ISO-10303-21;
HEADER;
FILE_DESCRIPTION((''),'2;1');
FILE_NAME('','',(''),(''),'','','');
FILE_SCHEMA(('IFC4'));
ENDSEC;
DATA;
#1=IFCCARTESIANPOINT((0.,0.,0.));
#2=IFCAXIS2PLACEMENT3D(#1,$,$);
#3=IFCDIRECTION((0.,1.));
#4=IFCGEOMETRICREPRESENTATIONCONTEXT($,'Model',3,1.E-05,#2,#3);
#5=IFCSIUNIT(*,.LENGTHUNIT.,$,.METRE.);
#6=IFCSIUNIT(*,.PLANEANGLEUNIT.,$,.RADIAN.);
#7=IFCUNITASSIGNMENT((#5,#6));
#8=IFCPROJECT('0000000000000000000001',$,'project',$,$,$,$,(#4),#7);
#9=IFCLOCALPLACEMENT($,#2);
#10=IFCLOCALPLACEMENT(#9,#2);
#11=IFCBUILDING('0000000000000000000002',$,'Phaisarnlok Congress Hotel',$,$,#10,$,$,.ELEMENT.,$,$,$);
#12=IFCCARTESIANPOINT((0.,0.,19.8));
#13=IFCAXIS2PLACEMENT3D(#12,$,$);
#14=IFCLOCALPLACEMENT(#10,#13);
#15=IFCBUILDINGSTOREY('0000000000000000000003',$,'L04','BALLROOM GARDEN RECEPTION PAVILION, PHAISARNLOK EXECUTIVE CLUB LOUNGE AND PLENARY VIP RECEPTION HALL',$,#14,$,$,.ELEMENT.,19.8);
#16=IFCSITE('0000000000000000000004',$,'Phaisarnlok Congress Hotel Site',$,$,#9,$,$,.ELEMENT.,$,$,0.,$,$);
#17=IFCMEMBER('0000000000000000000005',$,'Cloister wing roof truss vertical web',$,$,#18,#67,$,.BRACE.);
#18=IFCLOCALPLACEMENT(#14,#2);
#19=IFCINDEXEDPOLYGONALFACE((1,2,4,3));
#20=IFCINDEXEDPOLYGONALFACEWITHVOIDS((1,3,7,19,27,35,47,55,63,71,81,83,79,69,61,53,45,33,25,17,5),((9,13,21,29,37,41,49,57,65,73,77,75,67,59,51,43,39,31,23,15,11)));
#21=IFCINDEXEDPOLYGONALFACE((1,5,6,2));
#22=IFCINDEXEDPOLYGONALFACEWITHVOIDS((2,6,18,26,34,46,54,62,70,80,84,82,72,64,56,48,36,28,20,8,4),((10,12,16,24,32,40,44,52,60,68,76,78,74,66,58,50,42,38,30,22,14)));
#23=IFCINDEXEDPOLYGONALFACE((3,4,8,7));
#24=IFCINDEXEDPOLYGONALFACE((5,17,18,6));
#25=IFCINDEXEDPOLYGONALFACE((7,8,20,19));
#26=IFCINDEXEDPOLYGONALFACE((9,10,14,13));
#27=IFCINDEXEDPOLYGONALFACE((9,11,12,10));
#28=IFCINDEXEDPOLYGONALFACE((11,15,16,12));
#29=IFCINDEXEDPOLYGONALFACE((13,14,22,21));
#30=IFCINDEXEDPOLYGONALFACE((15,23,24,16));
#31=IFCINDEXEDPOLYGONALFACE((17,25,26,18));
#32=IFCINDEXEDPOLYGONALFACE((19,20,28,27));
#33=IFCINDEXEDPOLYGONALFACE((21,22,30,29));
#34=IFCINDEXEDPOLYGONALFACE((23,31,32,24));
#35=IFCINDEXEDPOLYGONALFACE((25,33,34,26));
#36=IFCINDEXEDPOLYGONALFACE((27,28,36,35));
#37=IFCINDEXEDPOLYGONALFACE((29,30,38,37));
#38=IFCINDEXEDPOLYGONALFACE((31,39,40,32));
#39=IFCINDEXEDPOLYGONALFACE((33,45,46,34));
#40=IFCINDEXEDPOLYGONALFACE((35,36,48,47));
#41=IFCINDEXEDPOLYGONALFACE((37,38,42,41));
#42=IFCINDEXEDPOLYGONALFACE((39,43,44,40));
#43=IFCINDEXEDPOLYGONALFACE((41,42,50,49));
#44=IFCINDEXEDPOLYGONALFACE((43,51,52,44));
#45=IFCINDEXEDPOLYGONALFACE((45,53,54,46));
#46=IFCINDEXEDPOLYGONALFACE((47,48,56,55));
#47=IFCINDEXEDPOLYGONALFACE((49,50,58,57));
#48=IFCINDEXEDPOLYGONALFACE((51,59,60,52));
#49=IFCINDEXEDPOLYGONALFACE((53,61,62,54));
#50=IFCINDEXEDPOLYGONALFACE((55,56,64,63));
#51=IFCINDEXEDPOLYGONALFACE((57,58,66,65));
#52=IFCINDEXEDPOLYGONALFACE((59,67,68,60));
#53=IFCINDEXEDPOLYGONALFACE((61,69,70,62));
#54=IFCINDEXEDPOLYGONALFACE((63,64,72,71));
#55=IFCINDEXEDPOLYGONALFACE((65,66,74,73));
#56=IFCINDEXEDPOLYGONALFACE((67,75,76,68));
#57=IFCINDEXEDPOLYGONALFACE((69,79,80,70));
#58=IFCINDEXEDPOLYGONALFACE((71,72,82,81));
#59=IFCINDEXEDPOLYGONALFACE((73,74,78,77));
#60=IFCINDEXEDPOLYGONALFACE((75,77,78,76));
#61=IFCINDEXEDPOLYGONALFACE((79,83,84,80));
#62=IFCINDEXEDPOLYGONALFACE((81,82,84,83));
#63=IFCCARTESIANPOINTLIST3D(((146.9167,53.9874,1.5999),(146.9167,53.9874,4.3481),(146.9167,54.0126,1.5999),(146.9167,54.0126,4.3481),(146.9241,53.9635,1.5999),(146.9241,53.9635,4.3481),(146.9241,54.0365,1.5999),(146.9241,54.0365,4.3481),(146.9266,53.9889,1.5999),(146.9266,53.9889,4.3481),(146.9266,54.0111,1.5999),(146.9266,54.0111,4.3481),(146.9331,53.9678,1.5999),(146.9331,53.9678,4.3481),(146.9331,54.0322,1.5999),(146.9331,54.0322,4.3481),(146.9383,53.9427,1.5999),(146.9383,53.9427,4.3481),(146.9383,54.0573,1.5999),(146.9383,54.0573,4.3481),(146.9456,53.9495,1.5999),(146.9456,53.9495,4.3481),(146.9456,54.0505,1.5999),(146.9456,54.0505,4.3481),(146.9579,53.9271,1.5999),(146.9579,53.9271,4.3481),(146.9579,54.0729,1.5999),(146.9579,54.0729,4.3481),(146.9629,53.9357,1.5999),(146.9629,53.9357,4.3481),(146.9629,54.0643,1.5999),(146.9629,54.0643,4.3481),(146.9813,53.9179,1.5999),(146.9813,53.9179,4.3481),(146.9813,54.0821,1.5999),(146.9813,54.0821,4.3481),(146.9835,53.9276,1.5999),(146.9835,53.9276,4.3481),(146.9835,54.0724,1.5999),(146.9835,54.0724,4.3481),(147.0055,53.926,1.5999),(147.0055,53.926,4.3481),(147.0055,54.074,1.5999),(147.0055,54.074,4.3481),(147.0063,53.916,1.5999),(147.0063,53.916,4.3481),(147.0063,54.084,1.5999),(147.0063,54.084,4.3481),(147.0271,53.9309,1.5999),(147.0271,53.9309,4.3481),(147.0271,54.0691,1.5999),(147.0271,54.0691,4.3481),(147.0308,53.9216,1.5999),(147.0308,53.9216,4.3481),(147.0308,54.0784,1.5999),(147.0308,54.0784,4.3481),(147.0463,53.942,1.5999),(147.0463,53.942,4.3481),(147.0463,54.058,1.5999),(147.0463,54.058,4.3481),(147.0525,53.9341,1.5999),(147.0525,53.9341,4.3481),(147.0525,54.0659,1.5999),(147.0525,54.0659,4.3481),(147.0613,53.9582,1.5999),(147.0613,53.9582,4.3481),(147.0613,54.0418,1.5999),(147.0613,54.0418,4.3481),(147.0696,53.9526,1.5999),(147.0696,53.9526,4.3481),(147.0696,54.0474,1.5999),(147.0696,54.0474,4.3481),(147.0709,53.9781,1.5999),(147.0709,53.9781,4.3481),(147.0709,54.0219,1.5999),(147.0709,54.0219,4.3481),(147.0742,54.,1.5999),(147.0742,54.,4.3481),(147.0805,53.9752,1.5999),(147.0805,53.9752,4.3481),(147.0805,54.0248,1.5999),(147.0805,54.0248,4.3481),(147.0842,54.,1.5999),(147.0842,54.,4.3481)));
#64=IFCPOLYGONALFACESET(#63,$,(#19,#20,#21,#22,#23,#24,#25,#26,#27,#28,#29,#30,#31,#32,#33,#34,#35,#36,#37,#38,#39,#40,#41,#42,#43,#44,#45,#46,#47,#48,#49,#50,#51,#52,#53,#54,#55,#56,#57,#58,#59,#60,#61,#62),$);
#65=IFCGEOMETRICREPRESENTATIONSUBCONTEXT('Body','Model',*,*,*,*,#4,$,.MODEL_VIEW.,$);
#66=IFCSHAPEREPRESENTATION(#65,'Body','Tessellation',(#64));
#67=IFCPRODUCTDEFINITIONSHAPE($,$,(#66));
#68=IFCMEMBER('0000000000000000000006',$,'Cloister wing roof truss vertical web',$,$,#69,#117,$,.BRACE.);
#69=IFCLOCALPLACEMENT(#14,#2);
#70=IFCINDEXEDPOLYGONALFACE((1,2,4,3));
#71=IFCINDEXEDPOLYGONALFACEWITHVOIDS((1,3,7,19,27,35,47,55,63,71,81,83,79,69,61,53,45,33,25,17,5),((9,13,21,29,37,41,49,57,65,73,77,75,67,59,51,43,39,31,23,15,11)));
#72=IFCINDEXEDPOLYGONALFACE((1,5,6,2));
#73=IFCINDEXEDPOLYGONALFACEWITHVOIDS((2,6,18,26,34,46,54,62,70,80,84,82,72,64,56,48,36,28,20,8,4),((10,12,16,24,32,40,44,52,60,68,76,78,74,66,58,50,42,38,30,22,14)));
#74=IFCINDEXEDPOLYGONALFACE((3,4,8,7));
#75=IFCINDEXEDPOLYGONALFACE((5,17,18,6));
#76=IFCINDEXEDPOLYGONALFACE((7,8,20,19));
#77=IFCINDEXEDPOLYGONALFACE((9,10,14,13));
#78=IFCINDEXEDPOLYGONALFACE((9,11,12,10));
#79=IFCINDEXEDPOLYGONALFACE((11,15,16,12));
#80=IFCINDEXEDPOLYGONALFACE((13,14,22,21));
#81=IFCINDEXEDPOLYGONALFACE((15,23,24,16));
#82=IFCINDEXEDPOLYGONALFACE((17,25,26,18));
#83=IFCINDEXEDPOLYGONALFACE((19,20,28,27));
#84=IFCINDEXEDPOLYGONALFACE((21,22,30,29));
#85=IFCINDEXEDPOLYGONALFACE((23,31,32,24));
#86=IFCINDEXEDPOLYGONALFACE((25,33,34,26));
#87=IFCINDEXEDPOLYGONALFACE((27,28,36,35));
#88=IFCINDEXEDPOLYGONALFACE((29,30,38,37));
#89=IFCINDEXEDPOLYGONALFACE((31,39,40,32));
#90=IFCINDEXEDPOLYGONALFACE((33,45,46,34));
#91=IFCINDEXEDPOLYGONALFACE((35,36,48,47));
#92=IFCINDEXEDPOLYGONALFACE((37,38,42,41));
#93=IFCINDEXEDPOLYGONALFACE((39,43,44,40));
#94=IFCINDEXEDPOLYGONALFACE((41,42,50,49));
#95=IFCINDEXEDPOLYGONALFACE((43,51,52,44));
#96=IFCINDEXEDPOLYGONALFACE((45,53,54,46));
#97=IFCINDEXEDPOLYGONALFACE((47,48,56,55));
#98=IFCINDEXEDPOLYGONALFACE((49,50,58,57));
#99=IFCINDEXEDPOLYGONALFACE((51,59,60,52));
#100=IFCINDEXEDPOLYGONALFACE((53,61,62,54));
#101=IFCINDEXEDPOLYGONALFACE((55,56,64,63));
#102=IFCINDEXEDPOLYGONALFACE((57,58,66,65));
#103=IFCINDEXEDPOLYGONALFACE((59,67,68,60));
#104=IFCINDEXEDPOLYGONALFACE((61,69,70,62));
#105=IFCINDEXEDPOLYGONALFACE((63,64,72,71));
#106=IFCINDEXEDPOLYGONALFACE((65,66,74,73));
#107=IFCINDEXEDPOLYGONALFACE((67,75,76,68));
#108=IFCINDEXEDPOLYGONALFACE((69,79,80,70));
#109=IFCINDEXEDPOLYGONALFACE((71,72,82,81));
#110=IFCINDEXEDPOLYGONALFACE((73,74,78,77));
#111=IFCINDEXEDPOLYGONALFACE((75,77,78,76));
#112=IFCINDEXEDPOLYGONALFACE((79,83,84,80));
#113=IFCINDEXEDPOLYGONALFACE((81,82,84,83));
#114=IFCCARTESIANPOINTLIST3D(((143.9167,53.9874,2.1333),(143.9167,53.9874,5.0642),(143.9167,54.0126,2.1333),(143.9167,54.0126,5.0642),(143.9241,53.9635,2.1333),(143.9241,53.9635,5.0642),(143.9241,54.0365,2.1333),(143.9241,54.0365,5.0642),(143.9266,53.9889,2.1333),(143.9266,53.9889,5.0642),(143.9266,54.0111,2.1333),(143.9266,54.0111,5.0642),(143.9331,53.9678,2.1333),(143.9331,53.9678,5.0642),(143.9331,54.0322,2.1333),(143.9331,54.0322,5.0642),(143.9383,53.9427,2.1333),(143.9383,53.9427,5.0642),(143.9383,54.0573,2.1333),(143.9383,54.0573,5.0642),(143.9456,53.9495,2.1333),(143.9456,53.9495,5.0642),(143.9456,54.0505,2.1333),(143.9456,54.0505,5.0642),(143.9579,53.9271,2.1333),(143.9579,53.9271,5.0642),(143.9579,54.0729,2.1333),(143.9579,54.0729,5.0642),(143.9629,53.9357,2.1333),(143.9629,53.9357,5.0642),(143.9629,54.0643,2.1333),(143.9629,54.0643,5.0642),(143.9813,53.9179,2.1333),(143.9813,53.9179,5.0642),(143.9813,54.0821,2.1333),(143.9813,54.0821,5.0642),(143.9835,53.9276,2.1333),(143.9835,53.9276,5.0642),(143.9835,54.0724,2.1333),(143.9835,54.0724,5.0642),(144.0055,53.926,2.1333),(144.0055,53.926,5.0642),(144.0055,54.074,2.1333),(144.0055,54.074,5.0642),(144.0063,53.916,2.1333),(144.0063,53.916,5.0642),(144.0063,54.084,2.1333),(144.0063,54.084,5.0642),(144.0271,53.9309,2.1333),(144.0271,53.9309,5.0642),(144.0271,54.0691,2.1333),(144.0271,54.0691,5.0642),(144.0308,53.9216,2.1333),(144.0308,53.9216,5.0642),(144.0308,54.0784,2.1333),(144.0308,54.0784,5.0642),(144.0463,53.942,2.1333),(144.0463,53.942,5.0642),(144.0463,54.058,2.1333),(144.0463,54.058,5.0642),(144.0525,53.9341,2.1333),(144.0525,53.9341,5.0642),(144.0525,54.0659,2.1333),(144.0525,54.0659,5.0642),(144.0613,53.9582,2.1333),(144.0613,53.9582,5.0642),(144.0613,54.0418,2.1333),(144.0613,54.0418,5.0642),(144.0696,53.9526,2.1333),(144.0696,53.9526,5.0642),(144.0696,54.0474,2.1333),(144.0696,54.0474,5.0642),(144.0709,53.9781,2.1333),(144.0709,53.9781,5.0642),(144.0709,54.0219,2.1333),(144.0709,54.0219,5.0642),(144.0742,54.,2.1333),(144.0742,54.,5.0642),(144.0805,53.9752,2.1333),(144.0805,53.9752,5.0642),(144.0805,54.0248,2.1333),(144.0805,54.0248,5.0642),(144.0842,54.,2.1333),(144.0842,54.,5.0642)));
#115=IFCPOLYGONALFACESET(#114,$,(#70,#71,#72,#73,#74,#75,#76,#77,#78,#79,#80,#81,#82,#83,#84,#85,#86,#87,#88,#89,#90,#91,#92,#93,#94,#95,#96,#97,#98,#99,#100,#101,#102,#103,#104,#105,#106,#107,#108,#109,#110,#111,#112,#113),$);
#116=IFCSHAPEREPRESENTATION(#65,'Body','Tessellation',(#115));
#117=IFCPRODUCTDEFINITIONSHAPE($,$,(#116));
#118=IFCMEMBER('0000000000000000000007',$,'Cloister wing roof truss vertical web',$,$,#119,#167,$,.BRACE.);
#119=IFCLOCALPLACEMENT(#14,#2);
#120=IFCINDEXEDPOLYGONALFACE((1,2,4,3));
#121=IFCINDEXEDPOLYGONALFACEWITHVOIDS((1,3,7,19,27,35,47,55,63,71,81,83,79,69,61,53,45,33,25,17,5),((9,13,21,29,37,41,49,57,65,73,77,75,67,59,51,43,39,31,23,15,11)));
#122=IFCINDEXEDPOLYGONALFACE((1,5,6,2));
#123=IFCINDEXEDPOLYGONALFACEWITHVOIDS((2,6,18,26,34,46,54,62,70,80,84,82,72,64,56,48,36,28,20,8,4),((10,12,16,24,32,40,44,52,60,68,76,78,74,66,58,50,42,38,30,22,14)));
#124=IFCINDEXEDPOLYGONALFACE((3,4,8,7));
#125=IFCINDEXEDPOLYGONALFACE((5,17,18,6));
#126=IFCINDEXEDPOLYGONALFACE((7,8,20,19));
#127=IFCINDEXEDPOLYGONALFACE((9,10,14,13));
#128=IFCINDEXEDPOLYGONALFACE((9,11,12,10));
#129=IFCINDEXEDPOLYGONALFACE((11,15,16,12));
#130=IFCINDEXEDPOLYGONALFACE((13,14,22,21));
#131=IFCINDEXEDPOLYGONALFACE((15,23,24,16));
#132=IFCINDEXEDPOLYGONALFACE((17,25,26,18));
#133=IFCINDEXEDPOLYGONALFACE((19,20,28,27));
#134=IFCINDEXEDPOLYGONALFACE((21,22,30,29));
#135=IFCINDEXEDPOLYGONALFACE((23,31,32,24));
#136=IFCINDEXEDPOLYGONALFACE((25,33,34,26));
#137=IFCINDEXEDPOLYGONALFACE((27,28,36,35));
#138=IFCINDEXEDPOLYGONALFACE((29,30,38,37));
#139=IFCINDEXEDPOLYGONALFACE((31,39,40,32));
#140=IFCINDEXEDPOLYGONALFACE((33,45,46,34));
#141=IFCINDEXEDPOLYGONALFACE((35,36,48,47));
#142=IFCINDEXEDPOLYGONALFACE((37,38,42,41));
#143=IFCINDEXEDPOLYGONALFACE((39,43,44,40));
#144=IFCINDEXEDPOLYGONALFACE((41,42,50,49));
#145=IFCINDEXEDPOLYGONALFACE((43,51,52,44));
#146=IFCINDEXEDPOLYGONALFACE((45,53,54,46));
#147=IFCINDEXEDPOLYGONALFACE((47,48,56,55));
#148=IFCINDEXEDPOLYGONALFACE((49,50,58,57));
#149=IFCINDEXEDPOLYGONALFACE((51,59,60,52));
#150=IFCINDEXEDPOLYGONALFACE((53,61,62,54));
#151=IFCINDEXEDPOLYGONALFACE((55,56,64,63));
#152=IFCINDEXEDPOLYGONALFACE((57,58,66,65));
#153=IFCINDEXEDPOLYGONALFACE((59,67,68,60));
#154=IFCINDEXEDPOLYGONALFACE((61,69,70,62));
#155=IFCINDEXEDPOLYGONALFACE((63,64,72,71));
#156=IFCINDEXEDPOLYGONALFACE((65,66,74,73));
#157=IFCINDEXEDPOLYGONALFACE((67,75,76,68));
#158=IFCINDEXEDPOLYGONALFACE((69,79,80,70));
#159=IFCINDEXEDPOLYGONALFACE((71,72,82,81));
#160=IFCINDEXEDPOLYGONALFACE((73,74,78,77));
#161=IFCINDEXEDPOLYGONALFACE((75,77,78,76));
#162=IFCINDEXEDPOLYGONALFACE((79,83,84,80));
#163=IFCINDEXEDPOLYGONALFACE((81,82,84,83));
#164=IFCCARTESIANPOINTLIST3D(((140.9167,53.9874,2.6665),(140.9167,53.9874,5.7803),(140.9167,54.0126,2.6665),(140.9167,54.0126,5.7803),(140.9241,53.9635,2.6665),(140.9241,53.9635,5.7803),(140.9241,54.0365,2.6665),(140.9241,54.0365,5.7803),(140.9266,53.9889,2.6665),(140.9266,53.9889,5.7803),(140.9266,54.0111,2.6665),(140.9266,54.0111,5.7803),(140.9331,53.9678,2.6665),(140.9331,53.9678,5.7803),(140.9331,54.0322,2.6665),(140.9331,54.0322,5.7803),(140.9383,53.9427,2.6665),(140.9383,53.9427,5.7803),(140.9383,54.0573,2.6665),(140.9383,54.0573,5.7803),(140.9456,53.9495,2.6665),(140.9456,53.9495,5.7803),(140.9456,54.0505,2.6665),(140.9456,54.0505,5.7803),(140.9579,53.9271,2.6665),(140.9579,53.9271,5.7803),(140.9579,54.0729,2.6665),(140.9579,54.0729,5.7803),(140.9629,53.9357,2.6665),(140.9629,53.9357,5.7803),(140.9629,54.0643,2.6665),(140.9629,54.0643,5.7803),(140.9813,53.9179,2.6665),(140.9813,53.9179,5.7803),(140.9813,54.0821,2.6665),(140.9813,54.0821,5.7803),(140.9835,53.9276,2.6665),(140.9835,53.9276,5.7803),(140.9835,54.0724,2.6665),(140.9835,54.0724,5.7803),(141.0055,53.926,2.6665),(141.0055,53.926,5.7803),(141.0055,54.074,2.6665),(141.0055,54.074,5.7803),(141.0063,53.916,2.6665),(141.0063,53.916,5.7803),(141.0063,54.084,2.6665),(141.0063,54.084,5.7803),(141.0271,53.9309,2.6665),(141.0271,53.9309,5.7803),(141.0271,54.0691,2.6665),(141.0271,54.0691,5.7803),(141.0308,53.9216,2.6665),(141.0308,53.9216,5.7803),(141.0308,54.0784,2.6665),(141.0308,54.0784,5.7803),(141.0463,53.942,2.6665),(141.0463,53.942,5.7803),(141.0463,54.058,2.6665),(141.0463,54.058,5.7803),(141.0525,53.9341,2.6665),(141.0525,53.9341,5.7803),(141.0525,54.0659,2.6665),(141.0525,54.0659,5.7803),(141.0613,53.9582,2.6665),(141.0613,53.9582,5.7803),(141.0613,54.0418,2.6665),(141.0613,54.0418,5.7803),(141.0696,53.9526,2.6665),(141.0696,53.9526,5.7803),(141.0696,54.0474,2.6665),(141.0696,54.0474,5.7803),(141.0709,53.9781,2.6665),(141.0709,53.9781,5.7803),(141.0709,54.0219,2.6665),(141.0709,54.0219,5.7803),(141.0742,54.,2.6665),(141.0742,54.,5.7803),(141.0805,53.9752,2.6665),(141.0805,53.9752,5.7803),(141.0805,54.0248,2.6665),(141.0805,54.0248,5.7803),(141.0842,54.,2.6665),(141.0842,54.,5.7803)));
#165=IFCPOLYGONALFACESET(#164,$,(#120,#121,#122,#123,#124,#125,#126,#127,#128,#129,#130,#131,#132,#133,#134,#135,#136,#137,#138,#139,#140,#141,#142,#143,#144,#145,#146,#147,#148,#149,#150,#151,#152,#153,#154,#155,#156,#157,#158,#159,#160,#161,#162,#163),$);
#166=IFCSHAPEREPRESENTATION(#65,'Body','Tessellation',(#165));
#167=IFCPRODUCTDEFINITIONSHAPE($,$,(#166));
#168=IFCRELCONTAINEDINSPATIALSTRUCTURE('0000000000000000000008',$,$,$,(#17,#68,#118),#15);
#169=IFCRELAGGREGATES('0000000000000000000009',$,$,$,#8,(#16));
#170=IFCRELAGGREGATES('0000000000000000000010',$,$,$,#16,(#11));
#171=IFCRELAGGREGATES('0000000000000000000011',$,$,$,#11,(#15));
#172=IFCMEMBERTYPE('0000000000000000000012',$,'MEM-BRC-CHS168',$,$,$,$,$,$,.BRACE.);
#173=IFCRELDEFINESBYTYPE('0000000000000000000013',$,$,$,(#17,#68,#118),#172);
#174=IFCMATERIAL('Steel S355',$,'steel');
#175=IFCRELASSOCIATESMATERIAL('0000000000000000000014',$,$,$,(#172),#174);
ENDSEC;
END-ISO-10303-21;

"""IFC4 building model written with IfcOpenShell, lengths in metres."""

from ifc_helpers import new_model, si_unit, direction, frame, origin, origin_2d, place, context, subcontext, project, spatial, hollow_circle, extrude, material, material_profile, profile_set, type_object, element, save


model = new_model("IFC4")

# Units and contexts
model_context = context("Model", 3, precision=1e-05, world=origin(), true_north=direction((0.0, 1.0)))
body_context = subcontext(model_context, "Body", "Model", "MODEL_VIEW")
ifc_project = project(units=[si_unit("LENGTHUNIT", "METRE"), si_unit("PLANEANGLEUNIT", "RADIAN")], contexts=[model_context])

# Site, building, storey
site_placement = place(None, origin())
site = spatial("IfcSite", under=ifc_project, at=site_placement, Name="Phaisarnlok Congress Hotel Site", CompositionType="ELEMENT", RefElevation=0.0)
building_placement = place(site_placement, origin())
building = spatial("IfcBuilding", under=site, at=building_placement, Name="Phaisarnlok Congress Hotel", CompositionType="ELEMENT")
storey_placement = place(building_placement, frame((0.0, 0.0, 19.8)))
storey = spatial("IfcBuildingStorey", under=building, at=storey_placement, Name="L04", Description="BALLROOM GARDEN RECEPTION PAVILION, PHAISARNLOK EXECUTIVE CLUB LOUNGE AND PLENARY VIP RECEPTION HALL", CompositionType="ELEMENT", Elevation=19.8)

# Shared definitions
ifc_material = material(Name="Steel S355", Category="steel")

# Members
ifc_material_profile_1 = material_profile(ifc_material, hollow_circle(Radius=0.0842, WallThickness=0.01, at=origin_2d()), Name="CHS 168.3x10")
ifc_profile_set_1 = profile_set([ifc_material_profile_1], Name="Steel S355")
member_type_1 = type_object("IfcMemberType", Name="MEM-BRC-CHS168", PredefinedType="BRACE", material=ifc_profile_set_1)
for number, where, z_axis, x_axis, name in (
    (1, (147.0, 54.0, 1.5999), (0.0, 0.0, 1.0), (1.0, 0.0, 0.0), "Cloister wing roof truss vertical web"),
):
    element("IfcMember", number, at=place(storey_placement, frame(where, z_axis=z_axis, x_axis=x_axis)), inside=storey, type_object=member_type_1, Name=name, PredefinedType="BRACE", context=body_context, shape_type="SweptSolid", body=[
        extrude(hollow_circle(Radius=0.0842, WallThickness=0.01, at=origin_2d()), origin(), (0.0, 0.0, 1.0), 2.7483),
    ])
member_1_placement = place(storey_placement, frame((144.0, 54.0, 2.1333), z_axis=(0.0, 0.0, 1.0), x_axis=(1.0, 0.0, 0.0)))
element("IfcMember", 2, at=member_1_placement, inside=storey, type_object=member_type_1, Name="Cloister wing roof truss vertical web", PredefinedType="BRACE", context=body_context, shape_type="SweptSolid", body=[
    extrude(hollow_circle(Radius=0.0842, WallThickness=0.01, at=origin_2d()), origin(), (0.0, 0.0, 1.0), 2.9309),
])
member_2_placement = place(storey_placement, frame((141.0, 54.0, 2.6665), z_axis=(0.0, 0.0, 1.0), x_axis=(1.0, 0.0, 0.0)))
element("IfcMember", 3, at=member_2_placement, inside=storey, type_object=member_type_1, Name="Cloister wing roof truss vertical web", PredefinedType="BRACE", context=body_context, shape_type="SweptSolid", body=[
    extrude(hollow_circle(Radius=0.0842, WallThickness=0.01, at=origin_2d()), origin(), (0.0, 0.0, 1.0), 3.1138),
])

save(model, "model.ifc")
